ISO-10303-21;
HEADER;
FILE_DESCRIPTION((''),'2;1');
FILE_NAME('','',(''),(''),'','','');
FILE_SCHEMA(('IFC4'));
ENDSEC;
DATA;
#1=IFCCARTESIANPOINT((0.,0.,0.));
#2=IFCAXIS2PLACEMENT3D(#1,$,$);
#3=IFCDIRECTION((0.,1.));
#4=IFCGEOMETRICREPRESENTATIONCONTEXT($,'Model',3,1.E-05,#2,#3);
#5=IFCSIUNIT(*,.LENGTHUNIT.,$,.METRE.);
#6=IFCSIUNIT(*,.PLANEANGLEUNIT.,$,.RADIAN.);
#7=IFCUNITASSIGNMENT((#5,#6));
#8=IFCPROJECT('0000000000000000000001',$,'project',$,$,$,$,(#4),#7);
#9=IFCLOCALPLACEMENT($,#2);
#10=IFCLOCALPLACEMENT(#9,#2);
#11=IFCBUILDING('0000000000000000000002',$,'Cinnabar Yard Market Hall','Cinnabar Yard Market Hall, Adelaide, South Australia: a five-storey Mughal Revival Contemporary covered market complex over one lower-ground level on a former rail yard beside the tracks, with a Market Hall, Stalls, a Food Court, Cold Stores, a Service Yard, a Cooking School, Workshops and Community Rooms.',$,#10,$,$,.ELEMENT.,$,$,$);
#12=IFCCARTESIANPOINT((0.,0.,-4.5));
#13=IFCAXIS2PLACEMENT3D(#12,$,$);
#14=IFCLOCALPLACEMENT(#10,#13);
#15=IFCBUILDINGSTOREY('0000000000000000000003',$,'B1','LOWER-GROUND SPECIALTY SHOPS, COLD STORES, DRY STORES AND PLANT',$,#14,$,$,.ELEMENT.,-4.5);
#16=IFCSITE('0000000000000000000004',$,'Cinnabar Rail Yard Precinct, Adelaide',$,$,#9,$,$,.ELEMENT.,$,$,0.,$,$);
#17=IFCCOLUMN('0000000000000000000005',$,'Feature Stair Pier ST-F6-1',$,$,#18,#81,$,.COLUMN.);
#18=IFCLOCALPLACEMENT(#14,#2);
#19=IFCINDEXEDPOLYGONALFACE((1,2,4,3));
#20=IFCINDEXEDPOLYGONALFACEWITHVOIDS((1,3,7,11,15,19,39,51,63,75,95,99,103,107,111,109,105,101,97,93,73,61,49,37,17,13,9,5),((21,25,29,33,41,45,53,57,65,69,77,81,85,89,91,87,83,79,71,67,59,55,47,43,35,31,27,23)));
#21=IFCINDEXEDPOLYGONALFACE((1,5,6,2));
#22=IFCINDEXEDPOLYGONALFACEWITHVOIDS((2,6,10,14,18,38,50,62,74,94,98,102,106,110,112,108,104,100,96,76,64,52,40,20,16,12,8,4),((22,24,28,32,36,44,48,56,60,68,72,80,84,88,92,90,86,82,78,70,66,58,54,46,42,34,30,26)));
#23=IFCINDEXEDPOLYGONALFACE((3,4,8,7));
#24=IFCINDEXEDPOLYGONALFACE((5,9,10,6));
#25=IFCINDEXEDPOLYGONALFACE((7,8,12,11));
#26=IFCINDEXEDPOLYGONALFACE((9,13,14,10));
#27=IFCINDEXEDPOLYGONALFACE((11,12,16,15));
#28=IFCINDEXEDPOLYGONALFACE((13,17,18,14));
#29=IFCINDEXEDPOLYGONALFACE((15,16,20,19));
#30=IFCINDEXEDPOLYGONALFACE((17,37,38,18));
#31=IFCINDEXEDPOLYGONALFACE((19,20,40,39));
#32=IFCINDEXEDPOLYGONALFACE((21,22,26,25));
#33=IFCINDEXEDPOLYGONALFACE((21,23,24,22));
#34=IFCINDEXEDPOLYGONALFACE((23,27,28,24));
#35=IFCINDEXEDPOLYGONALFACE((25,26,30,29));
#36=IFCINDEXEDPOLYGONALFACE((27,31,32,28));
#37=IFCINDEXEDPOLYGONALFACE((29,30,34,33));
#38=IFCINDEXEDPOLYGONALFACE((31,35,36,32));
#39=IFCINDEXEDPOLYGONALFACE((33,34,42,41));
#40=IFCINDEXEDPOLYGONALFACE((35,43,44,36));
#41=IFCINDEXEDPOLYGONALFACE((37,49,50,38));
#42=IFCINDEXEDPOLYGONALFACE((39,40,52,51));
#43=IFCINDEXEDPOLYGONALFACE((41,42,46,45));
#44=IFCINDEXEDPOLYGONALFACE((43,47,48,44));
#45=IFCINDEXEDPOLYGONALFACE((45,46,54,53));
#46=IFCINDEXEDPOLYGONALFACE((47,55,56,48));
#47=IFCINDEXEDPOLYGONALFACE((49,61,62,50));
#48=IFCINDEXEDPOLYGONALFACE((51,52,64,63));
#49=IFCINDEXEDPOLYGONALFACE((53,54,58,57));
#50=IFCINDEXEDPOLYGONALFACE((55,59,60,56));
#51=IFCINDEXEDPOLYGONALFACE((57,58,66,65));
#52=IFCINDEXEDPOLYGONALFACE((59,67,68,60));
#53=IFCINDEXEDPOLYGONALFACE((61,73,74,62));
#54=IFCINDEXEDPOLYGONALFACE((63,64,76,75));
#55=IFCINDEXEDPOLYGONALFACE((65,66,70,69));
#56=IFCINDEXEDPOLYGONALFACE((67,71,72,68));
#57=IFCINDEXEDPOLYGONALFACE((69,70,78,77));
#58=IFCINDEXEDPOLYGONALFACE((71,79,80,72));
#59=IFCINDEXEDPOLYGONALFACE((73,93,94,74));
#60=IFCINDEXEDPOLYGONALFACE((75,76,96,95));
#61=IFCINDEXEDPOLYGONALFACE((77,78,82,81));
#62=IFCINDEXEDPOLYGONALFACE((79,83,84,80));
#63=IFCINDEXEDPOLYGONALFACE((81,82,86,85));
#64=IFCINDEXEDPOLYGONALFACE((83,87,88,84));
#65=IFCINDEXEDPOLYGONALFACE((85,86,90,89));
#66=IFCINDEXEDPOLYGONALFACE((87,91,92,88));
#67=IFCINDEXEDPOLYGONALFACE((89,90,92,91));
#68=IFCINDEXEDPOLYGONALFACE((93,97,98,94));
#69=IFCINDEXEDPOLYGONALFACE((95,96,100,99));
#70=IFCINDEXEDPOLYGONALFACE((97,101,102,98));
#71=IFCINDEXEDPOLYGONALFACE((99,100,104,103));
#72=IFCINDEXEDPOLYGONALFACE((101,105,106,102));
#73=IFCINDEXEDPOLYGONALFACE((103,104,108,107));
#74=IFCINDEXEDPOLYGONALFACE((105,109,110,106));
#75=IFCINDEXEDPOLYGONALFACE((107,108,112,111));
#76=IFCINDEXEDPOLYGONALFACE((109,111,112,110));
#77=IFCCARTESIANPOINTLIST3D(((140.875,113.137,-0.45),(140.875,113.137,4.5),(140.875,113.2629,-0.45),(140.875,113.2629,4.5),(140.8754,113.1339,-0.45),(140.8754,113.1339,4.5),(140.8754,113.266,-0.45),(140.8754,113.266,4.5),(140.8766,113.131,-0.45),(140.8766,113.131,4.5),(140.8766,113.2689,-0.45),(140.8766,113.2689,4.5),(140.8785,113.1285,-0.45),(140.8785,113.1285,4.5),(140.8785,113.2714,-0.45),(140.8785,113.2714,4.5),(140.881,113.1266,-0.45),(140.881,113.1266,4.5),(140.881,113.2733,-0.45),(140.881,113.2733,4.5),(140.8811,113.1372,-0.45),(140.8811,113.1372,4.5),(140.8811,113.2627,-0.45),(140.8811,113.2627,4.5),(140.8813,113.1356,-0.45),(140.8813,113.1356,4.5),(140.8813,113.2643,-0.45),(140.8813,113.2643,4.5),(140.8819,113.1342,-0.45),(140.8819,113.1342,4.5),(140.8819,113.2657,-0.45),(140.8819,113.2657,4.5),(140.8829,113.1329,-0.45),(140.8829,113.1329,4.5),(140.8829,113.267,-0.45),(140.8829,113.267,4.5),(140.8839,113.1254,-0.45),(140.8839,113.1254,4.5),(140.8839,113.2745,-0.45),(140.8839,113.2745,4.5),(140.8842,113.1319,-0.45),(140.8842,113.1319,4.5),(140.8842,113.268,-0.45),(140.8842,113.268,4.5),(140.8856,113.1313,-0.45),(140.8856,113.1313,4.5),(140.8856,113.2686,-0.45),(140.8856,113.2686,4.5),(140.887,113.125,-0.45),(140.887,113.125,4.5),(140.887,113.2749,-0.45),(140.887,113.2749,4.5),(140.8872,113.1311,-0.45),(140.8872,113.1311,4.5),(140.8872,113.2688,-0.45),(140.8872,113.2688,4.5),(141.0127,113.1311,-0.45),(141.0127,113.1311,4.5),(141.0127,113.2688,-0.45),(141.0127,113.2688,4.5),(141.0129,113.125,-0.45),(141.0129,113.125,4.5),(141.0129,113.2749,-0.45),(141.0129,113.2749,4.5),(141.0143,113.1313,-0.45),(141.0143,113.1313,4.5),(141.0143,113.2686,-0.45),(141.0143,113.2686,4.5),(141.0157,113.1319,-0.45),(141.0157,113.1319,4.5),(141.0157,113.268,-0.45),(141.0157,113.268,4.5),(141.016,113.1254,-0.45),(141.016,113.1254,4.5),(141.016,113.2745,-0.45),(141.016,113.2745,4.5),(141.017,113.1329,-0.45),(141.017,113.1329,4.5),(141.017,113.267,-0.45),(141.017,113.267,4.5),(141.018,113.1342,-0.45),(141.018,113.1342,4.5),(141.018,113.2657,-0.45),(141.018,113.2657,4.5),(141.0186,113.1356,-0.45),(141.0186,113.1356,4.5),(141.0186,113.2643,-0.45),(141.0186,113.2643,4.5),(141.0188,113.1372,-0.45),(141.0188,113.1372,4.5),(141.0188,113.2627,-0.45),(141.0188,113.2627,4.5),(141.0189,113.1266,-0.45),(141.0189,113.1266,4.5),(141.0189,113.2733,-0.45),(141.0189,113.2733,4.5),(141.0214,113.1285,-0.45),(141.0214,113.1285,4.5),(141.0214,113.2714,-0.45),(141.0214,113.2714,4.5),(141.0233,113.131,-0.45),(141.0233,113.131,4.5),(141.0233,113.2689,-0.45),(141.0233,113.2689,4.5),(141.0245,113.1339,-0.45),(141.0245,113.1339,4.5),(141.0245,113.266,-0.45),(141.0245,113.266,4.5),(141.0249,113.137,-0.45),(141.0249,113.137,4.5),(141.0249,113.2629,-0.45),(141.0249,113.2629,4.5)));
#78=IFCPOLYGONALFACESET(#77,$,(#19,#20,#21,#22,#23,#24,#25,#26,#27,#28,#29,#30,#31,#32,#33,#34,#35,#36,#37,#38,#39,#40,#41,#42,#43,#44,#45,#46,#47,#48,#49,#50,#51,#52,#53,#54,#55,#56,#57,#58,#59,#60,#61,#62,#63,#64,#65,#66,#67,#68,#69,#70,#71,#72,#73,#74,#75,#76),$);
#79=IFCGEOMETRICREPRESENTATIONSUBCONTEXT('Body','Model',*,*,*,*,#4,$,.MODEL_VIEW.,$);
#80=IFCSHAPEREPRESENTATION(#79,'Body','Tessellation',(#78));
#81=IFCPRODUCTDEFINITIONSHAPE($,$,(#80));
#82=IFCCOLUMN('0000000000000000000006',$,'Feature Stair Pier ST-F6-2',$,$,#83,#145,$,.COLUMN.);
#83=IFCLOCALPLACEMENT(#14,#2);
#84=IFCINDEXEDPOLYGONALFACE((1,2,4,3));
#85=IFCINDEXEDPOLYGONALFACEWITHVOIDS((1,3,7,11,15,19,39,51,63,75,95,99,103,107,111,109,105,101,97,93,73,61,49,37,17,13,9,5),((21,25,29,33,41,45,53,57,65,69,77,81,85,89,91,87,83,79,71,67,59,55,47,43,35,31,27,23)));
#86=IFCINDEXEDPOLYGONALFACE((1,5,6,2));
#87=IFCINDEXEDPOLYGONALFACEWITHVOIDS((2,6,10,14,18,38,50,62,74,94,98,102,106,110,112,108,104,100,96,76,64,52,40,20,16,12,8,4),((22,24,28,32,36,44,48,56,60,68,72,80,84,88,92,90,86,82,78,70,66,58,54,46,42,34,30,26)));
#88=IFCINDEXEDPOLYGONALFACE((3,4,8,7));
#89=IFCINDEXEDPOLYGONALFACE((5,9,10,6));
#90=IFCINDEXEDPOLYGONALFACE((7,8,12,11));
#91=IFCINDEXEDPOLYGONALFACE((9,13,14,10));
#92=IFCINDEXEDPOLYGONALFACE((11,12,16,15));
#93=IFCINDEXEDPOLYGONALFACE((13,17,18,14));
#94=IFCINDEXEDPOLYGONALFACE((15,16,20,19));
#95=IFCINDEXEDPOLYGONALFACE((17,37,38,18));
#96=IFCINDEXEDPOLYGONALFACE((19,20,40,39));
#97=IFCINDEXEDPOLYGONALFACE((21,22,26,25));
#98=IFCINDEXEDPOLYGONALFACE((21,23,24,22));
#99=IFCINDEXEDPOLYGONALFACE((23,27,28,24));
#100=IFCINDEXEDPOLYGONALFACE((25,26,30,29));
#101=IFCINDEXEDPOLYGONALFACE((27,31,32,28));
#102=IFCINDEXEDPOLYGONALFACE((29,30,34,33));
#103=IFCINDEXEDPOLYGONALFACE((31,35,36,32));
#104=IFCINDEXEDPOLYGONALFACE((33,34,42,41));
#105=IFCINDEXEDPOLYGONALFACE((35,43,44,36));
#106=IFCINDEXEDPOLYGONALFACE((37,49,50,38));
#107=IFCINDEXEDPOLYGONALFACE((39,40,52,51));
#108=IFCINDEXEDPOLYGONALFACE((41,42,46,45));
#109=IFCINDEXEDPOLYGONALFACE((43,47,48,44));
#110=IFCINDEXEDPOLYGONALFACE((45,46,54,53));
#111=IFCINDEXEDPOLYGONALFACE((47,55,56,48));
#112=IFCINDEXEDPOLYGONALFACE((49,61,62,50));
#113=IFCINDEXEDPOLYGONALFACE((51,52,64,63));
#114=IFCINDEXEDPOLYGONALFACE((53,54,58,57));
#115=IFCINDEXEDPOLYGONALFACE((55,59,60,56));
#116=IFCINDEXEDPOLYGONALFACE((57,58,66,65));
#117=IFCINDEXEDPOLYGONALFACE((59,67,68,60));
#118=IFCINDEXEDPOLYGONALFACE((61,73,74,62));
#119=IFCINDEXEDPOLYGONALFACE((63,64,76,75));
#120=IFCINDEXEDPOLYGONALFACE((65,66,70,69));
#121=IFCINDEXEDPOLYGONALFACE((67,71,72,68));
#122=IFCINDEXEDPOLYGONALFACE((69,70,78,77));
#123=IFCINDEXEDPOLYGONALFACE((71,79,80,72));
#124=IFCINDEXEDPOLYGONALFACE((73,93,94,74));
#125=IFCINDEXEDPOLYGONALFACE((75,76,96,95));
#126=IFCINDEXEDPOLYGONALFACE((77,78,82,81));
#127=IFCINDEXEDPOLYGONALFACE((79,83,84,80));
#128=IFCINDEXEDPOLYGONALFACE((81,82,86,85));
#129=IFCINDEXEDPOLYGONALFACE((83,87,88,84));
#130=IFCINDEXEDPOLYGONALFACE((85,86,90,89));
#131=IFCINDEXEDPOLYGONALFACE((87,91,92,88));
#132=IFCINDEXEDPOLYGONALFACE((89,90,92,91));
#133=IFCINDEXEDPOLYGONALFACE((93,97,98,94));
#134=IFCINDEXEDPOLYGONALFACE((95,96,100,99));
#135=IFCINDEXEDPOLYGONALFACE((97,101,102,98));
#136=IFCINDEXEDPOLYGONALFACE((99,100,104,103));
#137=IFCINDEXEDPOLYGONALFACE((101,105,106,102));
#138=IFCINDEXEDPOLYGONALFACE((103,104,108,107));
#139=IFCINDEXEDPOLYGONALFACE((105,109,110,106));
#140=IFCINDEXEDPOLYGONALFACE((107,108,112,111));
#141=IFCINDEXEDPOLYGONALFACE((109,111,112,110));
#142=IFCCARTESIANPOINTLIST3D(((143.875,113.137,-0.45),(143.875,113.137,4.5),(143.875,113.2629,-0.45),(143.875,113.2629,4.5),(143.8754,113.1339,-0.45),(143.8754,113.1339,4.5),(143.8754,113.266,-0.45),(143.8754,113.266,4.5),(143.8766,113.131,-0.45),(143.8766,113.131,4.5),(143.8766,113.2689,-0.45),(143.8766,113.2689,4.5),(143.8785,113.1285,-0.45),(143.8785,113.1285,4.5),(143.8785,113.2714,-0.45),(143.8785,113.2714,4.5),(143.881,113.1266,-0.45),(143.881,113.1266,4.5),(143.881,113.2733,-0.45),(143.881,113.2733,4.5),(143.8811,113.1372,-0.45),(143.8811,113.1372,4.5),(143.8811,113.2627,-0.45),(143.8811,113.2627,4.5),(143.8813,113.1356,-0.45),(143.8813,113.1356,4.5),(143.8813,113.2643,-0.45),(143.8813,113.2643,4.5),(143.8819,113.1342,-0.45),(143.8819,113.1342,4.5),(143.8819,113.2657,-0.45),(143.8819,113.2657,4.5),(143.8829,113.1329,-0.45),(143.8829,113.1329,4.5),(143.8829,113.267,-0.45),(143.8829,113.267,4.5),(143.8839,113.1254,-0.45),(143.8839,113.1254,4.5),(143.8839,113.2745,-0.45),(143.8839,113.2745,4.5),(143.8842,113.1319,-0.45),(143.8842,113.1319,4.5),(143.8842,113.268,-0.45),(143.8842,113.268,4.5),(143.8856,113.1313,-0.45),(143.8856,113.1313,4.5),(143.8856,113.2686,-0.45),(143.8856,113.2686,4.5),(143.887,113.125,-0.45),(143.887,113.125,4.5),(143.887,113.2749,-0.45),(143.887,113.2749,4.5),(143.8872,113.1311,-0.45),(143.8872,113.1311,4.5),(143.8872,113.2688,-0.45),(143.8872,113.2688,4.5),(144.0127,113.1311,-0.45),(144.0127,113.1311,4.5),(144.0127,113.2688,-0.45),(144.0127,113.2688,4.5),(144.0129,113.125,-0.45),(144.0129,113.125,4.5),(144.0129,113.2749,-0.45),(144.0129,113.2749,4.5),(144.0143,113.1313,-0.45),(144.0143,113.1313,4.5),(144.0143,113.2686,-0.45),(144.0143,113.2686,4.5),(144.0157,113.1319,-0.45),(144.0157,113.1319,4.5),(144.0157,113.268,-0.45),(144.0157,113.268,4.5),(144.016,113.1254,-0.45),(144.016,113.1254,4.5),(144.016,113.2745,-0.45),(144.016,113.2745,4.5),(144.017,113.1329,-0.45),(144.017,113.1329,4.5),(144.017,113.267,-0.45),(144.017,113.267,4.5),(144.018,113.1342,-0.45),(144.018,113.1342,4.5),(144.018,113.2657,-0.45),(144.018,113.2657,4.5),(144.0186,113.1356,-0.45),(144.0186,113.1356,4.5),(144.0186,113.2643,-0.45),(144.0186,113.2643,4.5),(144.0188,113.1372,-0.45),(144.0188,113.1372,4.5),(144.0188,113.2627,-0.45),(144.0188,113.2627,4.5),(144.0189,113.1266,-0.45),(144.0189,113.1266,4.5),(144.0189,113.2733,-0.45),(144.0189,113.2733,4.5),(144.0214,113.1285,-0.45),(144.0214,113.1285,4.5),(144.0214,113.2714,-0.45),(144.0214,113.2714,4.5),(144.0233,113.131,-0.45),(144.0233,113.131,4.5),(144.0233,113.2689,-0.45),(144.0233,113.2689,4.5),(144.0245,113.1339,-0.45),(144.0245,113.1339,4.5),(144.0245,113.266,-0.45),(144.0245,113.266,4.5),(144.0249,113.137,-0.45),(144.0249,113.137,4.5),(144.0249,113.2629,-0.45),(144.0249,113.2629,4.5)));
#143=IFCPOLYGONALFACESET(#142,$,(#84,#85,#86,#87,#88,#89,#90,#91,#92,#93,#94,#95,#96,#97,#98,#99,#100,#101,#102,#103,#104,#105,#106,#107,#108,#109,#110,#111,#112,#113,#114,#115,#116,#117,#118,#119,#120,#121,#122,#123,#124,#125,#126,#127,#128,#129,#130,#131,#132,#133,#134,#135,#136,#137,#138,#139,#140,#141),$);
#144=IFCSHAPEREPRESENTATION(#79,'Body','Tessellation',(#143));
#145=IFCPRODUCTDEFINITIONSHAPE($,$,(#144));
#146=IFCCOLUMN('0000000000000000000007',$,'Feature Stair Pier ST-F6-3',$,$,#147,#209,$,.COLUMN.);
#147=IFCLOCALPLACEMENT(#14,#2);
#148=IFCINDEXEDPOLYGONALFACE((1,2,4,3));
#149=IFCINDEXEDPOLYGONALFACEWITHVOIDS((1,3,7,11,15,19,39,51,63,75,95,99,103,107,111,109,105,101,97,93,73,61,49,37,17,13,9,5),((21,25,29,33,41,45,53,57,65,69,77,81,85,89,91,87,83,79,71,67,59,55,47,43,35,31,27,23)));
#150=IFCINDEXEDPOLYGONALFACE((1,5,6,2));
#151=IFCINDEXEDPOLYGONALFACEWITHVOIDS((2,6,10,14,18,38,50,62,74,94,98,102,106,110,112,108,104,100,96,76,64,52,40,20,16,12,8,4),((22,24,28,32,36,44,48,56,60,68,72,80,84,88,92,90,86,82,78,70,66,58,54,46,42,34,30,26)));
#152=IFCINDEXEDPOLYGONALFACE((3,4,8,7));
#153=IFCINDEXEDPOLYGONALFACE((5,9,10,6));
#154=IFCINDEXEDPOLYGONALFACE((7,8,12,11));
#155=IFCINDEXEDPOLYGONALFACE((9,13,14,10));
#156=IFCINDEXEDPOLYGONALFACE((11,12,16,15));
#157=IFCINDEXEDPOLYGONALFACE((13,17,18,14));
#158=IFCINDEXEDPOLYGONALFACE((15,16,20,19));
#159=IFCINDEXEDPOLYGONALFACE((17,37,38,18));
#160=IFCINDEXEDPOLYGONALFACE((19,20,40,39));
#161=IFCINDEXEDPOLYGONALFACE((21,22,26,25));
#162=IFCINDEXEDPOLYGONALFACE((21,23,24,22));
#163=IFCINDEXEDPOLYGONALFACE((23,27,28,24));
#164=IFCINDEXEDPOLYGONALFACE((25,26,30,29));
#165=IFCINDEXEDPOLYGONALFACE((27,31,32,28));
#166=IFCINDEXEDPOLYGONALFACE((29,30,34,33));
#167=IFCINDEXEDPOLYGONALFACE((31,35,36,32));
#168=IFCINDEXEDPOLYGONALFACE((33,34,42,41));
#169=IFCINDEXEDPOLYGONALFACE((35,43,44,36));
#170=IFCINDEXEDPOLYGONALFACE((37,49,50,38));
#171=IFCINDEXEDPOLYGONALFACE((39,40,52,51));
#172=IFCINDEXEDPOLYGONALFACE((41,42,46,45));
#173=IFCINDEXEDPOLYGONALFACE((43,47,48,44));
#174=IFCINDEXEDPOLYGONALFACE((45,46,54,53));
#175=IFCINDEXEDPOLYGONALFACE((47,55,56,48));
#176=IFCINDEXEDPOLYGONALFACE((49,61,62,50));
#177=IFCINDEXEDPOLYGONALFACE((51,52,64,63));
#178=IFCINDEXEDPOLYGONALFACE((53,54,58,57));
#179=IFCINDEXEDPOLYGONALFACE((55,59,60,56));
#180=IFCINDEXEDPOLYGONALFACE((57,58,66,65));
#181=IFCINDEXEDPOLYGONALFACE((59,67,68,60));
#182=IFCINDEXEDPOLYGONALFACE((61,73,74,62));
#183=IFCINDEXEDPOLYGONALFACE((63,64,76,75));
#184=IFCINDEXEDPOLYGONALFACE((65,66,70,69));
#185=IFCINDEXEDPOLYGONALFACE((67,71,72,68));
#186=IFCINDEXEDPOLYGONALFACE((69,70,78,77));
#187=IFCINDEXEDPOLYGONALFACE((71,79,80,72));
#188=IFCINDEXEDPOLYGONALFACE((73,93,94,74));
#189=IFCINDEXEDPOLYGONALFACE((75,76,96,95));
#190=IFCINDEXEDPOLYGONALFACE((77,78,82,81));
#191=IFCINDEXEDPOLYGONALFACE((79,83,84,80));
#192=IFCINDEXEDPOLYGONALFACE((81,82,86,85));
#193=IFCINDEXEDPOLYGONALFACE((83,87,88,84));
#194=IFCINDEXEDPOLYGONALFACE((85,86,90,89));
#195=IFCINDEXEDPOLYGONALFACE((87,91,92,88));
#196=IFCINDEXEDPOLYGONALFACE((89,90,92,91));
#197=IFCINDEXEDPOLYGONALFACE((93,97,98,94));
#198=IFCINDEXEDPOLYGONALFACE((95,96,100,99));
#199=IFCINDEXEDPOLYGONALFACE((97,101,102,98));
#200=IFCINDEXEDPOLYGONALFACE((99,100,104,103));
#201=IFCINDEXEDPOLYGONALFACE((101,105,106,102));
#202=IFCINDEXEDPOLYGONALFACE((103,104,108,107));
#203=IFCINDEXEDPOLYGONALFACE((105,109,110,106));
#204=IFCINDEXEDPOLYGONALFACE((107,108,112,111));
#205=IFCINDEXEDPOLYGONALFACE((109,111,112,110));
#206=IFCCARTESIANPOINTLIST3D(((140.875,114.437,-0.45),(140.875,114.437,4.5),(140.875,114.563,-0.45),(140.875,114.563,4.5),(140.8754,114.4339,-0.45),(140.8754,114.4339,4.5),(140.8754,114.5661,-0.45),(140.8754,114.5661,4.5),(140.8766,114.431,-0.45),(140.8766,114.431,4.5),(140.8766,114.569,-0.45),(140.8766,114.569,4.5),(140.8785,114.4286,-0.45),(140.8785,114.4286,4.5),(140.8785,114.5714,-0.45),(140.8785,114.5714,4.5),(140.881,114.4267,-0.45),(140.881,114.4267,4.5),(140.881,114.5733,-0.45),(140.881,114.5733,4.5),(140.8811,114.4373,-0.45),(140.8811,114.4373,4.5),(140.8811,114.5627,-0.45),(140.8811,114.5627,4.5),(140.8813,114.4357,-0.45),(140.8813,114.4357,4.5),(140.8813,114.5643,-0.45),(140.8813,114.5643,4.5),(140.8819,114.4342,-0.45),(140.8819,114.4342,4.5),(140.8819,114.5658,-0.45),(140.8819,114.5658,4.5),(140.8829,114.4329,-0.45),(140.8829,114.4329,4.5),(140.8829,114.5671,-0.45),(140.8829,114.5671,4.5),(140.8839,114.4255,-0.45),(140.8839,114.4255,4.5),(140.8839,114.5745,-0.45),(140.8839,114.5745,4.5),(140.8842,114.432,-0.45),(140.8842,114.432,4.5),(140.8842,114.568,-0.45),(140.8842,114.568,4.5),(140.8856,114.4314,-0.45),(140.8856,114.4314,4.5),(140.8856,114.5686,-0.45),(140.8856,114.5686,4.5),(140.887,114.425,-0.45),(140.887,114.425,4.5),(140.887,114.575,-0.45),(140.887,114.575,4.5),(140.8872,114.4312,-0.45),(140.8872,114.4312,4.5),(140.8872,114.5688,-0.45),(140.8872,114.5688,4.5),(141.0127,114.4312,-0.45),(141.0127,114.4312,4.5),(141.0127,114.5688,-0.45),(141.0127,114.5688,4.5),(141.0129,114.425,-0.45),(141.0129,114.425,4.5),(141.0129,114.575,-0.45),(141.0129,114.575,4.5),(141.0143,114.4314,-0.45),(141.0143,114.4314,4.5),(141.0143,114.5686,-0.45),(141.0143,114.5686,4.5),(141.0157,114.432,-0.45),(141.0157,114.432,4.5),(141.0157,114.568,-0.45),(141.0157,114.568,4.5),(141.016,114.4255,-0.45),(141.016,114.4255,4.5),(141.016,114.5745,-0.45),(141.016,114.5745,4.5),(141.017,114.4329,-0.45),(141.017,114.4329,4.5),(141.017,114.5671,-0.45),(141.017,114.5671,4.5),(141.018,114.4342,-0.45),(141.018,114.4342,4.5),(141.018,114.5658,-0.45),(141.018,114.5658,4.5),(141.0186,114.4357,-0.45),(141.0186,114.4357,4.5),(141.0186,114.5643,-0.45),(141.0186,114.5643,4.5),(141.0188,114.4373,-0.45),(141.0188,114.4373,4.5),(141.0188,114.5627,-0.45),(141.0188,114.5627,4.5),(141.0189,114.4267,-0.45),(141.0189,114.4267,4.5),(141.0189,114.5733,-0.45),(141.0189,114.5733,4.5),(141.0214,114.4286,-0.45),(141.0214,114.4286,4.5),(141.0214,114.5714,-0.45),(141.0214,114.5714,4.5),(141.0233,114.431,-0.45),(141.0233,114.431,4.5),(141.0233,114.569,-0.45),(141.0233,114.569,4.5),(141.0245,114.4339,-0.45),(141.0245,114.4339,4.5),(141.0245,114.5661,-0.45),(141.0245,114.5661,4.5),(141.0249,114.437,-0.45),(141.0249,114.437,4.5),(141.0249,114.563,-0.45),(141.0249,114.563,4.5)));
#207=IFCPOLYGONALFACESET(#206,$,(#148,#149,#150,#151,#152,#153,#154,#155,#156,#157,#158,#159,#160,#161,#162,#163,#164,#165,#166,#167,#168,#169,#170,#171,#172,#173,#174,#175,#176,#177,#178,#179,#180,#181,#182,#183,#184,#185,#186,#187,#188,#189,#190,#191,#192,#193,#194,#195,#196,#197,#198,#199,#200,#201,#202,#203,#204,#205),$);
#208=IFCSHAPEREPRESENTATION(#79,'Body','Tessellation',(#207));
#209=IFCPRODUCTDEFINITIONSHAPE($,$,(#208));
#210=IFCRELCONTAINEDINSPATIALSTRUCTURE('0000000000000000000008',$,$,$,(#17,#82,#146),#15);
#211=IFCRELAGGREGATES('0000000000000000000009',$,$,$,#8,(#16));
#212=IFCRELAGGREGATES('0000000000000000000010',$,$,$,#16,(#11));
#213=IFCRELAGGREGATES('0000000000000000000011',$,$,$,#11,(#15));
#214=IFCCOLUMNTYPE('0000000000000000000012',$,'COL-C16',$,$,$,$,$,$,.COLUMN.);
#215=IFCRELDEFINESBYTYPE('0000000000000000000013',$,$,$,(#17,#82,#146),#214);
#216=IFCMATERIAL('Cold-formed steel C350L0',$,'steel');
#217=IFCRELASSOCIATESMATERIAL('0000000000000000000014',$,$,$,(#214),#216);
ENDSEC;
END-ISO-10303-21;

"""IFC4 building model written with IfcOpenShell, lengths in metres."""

from ifc_helpers import new_model, si_unit, direction, frame, origin, origin_2d_with_axis, place, context, subcontext, project, spatial, hollow_rectangle, extrude, material, material_profile, profile_set, type_object, element, save


model = new_model("IFC4")

# Units and contexts
model_context = context("Model", 3, precision=1e-05, world=origin(), true_north=direction((0.0, 1.0)))
body_context = subcontext(model_context, "Body", "Model", "MODEL_VIEW")
ifc_project = project(units=[si_unit("LENGTHUNIT", "METRE"), si_unit("PLANEANGLEUNIT", "RADIAN")], contexts=[model_context])

# Site, building, storey
site_placement = place(None, origin())
site = spatial("IfcSite", under=ifc_project, at=site_placement, Name="Cinnabar Rail Yard Precinct, Adelaide", CompositionType="ELEMENT", RefElevation=0.0)
building_placement = place(site_placement, origin())
building = spatial("IfcBuilding", under=site, at=building_placement, Name="Cinnabar Yard Market Hall", Description="Cinnabar Yard Market Hall, Adelaide, South Australia: a five-storey Mughal Revival Contemporary covered market complex over one lower-ground level on a former rail yard beside the tracks, with a Market Hall, Stalls, a Food Court, Cold Stores, a Service Yard, a Cooking School, Workshops and Community Rooms.", CompositionType="ELEMENT")
storey_placement = place(building_placement, frame((0.0, 0.0, -4.5)))
storey = spatial("IfcBuildingStorey", under=building, at=storey_placement, Name="B1", Description="LOWER-GROUND SPECIALTY SHOPS, COLD STORES, DRY STORES AND PLANT", CompositionType="ELEMENT", Elevation=-4.5)

# Columns
ifc_material_1 = material(Name="Cold-formed steel C350L0", Category="steel")
ifc_material_profile_1 = material_profile(ifc_material_1, hollow_rectangle(XDim=0.1499, YDim=0.1499, WallThickness=0.0061, InnerFilletRadius=0.0061, OuterFilletRadius=0.012, at=origin_2d_with_axis()), Name="150x150x6.0SHS")
ifc_profile_set_1 = profile_set([ifc_material_profile_1], Name="Cold-formed steel C350L0")
column_type_1 = type_object("IfcColumnType", Name="COL-C16", PredefinedType="COLUMN", material=ifc_profile_set_1)
for number, where, z_axis, x_axis, name in (
    (1, (140.95, 113.2, -0.45), (0.0, 0.0, 1.0), (1.0, 0.0, 0.0), "Feature Stair Pier ST-F6-1"),
    (2, (143.95, 113.2, -0.45), (0.0, 0.0, 1.0), (1.0, 0.0, 0.0), "Feature Stair Pier ST-F6-2"),
    (3, (140.95, 114.5, -0.45), (0.0, 0.0, 1.0), (1.0, 0.0, 0.0), "Feature Stair Pier ST-F6-3"),
):
    element("IfcColumn", number, at=place(storey_placement, frame(where, z_axis=z_axis, x_axis=x_axis)), inside=storey, type_object=column_type_1, Name=name, PredefinedType="COLUMN", context=body_context, shape_type="SweptSolid", body=[
        extrude(hollow_rectangle(XDim=0.1499, YDim=0.1499, WallThickness=0.0061, InnerFilletRadius=0.0061, OuterFilletRadius=0.012, at=origin_2d_with_axis()), origin(), (0.0, 0.0, 1.0), 4.95),
    ])

save(model, "model.ifc")
